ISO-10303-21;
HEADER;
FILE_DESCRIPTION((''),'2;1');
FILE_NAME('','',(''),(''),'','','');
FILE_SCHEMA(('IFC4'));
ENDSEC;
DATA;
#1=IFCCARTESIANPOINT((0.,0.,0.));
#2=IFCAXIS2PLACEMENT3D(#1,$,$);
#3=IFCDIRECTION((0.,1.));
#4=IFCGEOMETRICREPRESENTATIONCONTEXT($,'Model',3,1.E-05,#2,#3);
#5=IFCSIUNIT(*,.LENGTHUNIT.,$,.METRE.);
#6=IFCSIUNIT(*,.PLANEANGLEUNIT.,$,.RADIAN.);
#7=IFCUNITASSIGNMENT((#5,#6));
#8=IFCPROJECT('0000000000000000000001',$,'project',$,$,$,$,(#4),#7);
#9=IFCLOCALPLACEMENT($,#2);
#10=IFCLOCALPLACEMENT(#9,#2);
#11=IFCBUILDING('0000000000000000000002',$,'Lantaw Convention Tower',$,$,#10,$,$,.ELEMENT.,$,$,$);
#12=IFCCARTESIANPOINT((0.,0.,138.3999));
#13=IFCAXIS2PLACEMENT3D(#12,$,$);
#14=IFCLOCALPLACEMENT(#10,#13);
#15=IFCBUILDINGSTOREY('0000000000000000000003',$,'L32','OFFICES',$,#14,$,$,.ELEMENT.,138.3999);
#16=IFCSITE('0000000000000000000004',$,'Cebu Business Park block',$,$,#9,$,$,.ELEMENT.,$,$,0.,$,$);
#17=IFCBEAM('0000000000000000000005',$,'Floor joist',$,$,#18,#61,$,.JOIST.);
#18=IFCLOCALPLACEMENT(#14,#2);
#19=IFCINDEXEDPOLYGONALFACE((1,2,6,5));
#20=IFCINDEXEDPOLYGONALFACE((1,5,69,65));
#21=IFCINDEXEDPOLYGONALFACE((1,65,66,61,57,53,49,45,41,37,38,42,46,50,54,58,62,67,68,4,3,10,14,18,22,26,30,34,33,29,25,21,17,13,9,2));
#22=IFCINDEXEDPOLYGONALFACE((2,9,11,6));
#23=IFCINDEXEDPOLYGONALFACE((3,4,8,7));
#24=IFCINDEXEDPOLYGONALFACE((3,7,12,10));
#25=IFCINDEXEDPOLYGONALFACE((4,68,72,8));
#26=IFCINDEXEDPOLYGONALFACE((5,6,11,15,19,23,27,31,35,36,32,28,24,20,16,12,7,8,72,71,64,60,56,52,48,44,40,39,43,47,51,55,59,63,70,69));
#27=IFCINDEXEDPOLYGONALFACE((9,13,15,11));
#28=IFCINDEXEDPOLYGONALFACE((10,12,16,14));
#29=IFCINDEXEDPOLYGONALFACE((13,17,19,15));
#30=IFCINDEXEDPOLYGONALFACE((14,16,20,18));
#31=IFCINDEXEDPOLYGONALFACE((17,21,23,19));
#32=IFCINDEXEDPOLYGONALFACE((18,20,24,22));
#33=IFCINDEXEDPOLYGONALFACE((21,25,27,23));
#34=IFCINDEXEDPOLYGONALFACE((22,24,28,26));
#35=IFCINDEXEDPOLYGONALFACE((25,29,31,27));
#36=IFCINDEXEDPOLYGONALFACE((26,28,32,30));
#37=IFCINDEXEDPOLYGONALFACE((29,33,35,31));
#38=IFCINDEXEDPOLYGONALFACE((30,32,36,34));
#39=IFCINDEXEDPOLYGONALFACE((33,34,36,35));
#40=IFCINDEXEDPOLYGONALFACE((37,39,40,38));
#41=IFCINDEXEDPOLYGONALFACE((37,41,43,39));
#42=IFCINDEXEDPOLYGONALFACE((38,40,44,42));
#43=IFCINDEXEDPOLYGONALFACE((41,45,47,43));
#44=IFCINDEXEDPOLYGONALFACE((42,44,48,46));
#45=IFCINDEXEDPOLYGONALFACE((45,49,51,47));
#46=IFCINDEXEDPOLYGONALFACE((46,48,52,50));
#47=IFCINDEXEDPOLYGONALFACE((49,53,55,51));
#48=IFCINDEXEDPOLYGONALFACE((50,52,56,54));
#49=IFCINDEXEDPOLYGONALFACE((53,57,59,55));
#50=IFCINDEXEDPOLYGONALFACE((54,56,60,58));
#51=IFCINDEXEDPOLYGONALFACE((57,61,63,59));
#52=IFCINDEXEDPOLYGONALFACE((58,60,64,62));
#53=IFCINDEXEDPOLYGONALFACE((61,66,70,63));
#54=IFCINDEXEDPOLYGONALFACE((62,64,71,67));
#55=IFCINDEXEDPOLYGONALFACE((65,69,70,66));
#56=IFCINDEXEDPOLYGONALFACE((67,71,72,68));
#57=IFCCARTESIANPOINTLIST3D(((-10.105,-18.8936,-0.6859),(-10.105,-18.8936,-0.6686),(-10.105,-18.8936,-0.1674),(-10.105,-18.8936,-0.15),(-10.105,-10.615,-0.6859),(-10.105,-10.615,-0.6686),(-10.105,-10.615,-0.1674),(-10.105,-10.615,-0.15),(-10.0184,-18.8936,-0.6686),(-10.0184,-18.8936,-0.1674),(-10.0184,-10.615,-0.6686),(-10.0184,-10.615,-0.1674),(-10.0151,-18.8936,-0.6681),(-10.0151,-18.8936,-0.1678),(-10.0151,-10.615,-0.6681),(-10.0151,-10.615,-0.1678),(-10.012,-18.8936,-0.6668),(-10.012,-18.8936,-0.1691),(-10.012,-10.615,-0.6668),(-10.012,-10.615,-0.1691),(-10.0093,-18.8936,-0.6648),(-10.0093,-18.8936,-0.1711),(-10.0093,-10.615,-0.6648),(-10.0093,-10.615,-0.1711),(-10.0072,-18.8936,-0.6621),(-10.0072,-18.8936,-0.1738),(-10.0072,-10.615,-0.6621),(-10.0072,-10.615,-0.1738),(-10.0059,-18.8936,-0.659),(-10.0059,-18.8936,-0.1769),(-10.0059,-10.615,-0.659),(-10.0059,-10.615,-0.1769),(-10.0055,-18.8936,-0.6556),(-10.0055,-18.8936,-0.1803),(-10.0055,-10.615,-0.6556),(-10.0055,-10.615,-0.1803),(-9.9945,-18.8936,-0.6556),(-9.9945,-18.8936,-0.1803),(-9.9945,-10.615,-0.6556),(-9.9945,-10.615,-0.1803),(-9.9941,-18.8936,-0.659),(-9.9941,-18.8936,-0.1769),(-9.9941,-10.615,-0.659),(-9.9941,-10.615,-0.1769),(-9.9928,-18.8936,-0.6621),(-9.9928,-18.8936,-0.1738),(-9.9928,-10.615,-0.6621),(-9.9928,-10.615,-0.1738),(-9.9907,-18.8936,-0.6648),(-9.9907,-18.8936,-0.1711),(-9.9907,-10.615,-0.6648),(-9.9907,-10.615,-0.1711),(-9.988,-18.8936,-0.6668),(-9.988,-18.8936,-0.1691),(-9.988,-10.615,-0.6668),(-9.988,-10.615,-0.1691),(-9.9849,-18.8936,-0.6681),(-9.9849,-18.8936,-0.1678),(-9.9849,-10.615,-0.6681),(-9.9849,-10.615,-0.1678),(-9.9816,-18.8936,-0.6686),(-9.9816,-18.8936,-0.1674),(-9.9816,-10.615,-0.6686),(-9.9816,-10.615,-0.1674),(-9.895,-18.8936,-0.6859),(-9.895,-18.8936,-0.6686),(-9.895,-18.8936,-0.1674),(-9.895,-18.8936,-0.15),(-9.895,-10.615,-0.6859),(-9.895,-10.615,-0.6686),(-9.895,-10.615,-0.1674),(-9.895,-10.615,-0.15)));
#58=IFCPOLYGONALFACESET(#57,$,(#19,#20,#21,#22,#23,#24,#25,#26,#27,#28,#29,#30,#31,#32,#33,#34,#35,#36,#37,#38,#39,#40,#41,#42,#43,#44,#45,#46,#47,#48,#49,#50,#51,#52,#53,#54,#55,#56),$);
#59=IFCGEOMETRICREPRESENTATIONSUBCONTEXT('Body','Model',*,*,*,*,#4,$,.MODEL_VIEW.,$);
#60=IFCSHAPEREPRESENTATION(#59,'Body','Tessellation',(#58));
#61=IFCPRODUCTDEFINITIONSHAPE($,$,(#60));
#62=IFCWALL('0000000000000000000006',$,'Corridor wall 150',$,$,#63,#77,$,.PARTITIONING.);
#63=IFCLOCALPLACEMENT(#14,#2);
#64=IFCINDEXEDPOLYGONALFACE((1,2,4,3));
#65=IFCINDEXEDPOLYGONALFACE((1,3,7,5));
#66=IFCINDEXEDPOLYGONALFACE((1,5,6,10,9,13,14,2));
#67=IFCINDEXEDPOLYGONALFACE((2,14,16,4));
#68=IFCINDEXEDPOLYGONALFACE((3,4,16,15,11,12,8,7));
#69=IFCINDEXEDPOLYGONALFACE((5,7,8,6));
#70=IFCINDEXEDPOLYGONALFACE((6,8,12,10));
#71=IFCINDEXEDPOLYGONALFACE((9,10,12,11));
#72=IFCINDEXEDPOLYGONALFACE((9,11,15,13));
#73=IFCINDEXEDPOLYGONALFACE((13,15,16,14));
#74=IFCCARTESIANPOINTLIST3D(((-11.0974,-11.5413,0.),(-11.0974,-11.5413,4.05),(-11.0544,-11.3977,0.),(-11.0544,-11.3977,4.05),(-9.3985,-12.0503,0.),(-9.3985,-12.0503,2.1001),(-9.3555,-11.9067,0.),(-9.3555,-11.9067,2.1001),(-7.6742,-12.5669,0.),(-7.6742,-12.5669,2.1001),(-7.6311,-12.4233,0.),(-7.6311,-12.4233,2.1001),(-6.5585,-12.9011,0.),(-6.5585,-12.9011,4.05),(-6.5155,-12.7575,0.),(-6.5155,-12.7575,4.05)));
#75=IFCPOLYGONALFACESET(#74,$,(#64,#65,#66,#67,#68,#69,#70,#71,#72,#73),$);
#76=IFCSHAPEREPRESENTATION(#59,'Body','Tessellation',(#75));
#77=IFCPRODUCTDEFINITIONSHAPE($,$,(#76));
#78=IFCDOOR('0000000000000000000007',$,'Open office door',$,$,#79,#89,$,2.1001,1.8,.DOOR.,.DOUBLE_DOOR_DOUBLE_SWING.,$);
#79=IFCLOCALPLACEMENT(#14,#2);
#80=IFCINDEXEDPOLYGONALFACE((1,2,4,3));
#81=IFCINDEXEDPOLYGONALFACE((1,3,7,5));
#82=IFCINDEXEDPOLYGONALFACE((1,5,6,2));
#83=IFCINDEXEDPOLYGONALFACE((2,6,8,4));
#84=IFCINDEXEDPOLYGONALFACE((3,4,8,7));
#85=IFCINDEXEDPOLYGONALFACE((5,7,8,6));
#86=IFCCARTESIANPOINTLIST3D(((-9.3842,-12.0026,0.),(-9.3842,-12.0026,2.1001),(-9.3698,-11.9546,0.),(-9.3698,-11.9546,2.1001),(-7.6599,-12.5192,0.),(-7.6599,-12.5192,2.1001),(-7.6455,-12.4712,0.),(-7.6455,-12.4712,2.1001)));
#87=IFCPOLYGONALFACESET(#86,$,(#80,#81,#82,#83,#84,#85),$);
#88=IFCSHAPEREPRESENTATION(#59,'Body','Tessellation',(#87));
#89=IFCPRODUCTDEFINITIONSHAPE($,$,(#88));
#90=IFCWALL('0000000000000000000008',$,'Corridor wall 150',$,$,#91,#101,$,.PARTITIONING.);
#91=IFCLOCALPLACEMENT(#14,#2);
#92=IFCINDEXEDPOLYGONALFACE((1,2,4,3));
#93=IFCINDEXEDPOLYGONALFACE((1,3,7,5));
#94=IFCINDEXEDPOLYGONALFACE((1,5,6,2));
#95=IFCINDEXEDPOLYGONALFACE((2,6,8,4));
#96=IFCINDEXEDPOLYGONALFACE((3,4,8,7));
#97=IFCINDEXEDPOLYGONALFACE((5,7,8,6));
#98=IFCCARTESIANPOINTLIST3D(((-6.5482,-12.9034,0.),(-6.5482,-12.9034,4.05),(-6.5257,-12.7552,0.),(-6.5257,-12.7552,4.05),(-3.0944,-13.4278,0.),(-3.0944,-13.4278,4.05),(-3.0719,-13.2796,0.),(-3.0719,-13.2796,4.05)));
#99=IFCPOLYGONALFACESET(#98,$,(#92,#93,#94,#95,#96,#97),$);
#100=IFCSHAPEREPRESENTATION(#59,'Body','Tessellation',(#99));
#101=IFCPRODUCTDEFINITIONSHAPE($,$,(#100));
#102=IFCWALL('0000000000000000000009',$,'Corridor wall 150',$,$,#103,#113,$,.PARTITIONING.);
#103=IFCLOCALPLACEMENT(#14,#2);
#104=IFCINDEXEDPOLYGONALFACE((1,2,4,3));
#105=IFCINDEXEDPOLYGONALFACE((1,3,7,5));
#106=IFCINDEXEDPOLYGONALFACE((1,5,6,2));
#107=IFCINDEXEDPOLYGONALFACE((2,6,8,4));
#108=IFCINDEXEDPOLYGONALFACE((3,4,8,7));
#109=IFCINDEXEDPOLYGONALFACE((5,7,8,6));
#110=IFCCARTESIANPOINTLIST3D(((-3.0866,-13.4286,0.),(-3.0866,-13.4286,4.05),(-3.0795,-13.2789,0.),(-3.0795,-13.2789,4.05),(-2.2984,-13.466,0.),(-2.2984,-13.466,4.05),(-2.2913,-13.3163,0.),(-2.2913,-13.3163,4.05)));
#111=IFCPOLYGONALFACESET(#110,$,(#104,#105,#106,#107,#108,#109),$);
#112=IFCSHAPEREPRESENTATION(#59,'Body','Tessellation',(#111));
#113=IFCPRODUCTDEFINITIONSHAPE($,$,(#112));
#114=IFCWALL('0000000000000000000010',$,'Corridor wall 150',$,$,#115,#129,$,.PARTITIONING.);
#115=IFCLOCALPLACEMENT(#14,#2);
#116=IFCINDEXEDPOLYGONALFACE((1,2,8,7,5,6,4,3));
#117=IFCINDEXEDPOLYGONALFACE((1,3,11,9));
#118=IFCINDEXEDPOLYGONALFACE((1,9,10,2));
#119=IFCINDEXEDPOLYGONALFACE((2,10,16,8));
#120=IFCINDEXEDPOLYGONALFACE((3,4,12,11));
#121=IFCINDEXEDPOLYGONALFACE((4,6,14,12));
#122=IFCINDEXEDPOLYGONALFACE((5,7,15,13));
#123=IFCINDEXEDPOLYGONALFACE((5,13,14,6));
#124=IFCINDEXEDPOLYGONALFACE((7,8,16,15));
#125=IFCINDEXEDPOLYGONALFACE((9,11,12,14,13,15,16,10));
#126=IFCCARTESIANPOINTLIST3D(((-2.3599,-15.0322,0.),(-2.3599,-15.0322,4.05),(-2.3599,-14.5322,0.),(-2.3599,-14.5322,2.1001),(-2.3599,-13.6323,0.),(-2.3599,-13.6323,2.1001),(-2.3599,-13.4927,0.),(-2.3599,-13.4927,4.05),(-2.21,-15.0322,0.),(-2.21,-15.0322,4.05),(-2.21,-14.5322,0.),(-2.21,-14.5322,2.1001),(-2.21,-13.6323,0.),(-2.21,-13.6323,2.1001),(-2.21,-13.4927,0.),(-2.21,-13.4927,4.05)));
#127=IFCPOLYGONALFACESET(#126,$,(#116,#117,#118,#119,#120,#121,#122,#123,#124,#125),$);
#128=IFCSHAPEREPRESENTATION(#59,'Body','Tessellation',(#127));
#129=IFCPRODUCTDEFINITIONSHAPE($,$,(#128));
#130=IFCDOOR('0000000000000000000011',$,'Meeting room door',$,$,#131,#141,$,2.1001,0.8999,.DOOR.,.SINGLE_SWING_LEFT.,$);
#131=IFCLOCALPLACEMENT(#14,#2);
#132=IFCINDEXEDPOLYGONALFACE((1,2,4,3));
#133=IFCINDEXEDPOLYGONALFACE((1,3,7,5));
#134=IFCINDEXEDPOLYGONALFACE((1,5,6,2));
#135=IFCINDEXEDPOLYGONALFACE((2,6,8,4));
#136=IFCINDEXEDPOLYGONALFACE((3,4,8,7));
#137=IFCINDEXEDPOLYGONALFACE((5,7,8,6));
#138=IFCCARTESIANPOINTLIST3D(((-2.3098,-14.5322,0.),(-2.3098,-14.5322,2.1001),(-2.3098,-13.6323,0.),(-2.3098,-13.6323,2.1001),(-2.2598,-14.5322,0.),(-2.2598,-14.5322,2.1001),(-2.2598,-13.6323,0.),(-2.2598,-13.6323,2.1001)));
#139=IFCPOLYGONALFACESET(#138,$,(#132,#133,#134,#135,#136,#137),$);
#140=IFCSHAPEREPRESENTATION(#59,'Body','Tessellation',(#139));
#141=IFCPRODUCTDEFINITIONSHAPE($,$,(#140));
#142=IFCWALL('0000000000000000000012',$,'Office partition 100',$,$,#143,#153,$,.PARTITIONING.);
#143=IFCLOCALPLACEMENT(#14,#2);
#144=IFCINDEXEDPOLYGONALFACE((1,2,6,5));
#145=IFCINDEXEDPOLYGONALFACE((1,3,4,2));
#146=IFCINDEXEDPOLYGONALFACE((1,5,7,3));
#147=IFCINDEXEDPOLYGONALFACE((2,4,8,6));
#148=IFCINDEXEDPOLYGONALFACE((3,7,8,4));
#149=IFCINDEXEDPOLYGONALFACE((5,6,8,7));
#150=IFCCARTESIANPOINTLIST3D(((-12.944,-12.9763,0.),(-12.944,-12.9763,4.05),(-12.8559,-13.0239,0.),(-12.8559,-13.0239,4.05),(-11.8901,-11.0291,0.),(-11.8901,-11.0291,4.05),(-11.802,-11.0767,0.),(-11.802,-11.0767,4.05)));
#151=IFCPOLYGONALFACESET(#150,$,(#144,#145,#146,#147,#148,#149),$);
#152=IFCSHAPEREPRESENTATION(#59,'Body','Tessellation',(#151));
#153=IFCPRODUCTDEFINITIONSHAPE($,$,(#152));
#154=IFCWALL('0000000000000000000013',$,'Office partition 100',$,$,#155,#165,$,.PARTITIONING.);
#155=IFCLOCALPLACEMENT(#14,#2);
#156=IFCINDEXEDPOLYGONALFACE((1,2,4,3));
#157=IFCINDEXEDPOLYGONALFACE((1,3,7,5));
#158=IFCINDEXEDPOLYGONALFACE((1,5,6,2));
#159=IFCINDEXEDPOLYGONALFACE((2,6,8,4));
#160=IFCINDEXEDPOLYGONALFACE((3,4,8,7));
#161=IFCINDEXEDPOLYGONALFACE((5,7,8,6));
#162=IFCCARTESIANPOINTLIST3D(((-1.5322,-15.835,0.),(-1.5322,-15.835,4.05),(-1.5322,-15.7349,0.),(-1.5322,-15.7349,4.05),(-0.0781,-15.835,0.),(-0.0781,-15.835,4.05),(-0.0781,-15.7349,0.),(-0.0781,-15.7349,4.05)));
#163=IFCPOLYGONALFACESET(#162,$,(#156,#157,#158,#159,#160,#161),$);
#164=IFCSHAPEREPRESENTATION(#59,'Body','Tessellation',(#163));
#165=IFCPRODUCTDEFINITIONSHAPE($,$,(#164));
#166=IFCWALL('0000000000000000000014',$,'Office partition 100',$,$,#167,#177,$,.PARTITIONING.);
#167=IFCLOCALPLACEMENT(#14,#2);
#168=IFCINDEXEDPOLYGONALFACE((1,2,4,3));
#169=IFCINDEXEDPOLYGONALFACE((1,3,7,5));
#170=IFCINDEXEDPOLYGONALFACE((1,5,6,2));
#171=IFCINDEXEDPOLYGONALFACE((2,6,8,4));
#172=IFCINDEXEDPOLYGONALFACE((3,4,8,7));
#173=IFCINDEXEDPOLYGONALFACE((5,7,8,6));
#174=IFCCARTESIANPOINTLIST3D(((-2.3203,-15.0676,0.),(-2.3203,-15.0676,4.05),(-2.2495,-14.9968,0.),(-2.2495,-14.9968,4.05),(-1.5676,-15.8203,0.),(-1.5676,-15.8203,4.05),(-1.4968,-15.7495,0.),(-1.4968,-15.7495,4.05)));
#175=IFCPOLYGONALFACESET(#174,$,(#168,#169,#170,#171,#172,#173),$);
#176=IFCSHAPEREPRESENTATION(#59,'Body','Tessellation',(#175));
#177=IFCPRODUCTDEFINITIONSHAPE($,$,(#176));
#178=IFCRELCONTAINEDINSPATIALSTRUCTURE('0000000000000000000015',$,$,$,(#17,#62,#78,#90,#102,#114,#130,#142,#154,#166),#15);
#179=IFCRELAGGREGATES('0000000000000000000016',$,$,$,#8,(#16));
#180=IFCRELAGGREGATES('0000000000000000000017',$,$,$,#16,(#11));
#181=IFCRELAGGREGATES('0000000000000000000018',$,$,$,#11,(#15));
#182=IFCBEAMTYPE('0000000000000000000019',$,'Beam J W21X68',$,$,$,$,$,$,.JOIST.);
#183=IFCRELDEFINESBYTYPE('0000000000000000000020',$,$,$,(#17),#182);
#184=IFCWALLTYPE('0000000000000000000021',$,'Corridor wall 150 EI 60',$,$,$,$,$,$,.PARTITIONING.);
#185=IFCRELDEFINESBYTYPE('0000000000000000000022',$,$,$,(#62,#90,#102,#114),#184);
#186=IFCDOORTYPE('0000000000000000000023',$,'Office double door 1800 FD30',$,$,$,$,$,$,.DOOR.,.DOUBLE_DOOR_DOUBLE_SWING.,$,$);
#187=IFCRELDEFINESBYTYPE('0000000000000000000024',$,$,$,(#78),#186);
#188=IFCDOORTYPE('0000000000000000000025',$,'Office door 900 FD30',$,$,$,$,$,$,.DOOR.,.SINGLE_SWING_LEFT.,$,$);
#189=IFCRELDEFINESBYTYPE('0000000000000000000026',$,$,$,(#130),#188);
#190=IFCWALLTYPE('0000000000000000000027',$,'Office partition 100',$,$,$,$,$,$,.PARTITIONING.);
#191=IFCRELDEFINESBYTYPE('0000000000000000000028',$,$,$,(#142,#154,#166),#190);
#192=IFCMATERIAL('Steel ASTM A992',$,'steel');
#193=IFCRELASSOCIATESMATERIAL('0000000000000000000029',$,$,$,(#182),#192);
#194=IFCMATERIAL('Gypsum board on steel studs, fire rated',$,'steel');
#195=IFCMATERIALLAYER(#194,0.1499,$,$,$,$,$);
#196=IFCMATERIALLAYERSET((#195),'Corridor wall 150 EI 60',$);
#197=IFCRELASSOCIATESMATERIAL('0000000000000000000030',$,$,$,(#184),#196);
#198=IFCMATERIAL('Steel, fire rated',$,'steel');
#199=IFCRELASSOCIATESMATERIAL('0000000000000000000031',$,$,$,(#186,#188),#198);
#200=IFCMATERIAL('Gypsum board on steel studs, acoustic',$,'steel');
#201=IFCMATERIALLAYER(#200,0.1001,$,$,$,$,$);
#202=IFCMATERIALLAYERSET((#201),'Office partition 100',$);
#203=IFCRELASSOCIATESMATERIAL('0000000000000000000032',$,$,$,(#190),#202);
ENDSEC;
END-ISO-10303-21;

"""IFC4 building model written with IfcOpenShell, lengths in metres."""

from ifc_helpers import new_model, si_unit, direction, frame, frame_2d, origin, origin_2d, place, context, subcontext, project, spatial, rectangle, i_section, extrude, material, layer, layer_set, material_profile, profile_set, type_object, element, fill, save


model = new_model("IFC4")

# Units and contexts
model_context = context("Model", 3, precision=1e-05, world=origin(), true_north=direction((0.0, 1.0)))
body_context = subcontext(model_context, "Body", "Model", "MODEL_VIEW")
ifc_project = project(units=[si_unit("LENGTHUNIT", "METRE"), si_unit("PLANEANGLEUNIT", "RADIAN")], contexts=[model_context])

# Site, building, storey
site_placement = place(None, origin())
site = spatial("IfcSite", under=ifc_project, at=site_placement, Name="Cebu Business Park block", CompositionType="ELEMENT", RefElevation=0.0)
building_placement = place(site_placement, origin())
building = spatial("IfcBuilding", under=site, at=building_placement, Name="Lantaw Convention Tower", CompositionType="ELEMENT")
storey_placement = place(building_placement, frame((0.0, 0.0, 138.3999)))
storey = spatial("IfcBuildingStorey", under=building, at=storey_placement, Name="L32", Description="OFFICES", CompositionType="ELEMENT", Elevation=138.3999)

# Beam
ifc_material_1 = material(Name="Steel ASTM A992", Category="steel")
ifc_material_profile_1 = material_profile(ifc_material_1, i_section(OverallWidth=0.21, OverallDepth=0.5359, WebThickness=0.011, FlangeThickness=0.0173, FilletRadius=0.0129, at=origin_2d()), Name="W21X68")
ifc_profile_set_1 = profile_set([ifc_material_profile_1], Name="Steel ASTM A992")
beam_type_1 = type_object("IfcBeamType", Name="Beam J W21X68", PredefinedType="JOIST", material=ifc_profile_set_1)
beam_1_placement = place(storey_placement, frame((-10.0, -18.8936, -0.418), z_axis=(0.0, 1.0, 0.0), x_axis=(-1.0, 0.0, 0.0)))
element("IfcBeam", 1, at=beam_1_placement, inside=storey, type_object=beam_type_1, Name="Floor joist", PredefinedType="JOIST", context=body_context, shape_type="SweptSolid", body=[
    extrude(i_section(OverallWidth=0.21, OverallDepth=0.5359, WebThickness=0.011, FlangeThickness=0.0173, FilletRadius=0.0129, at=origin_2d()), origin(), (0.0, 0.0, 1.0), 8.2786),
])

# Wall, opening, door
ifc_material_2 = material(Name="Gypsum board on steel studs, fire rated", Category="steel")
ifc_layer_1 = layer(ifc_material_2, 0.1499)
ifc_layer_set_1 = layer_set([ifc_layer_1], Name="Corridor wall 150 EI 60")
wall_type_1 = type_object("IfcWallType", Name="Corridor wall 150 EI 60", PredefinedType="PARTITIONING", material=ifc_layer_set_1)
wall_1_placement = place(storey_placement, frame((-11.0759, -11.4695, 0.0), z_axis=(0.0, 0.0, 1.0), x_axis=(0.957934, -0.286989, 0.0)))
wall_1 = element("IfcWall", 2, at=wall_1_placement, inside=storey, type_object=wall_type_1, Name="Corridor wall 150", PredefinedType="PARTITIONING", context=body_context, shape_type="SweptSolid", body=[
    extrude(rectangle(XDim=4.7383, YDim=0.1499, at=frame_2d((2.3691, 0.0))), origin(), (0.0, 0.0, 1.0), 4.05),
])
opening_1_placement = place(wall_1_placement, frame((1.7737, 0.0, 0.0)))
opening_1 = element("IfcOpeningElement", 3, at=opening_1_placement, cuts=wall_1, PredefinedType="OPENING", context=body_context, shape_type="SweptSolid", body=[
    extrude(rectangle(XDim=1.8, YDim=2.1001, at=frame_2d((0.8999, 1.05))), frame((0.0, 0.085, 0.0), z_axis=(0.0, -1.0, 0.0), x_axis=(1.0, 0.0, 0.0)), (0.0, 0.0, 1.0), 0.1699),
])
ifc_material_3 = material(Name="Steel, fire rated", Category="steel")
door_type_1 = type_object("IfcDoorType", Name="Office double door 1800 FD30", OperationType="DOUBLE_DOOR_DOUBLE_SWING", PredefinedType="DOOR", material=ifc_material_3)
door_1_placement = place(opening_1_placement, origin())
door_1 = element("IfcDoor", 4, at=door_1_placement, inside=storey, type_object=door_type_1, Name="Open office door", OperationType="DOUBLE_DOOR_DOUBLE_SWING", OverallHeight=2.1001, OverallWidth=1.8, PredefinedType="DOOR", context=body_context, shape_type="SweptSolid", body=[
    extrude(rectangle(XDim=1.8, YDim=2.1001, at=frame_2d((0.8999, 1.05))), frame((0.0, 0.0249, 0.0), z_axis=(0.0, -1.0, 0.0), x_axis=(1.0, 0.0, 0.0)), (0.0, 0.0, 1.0), 0.05),
])
fill(opening_1, door_1)

# Walls
wall_2_placement = place(storey_placement, frame((-6.5369, -12.8293, 0.0), z_axis=(0.0, 0.0, 1.0), x_axis=(0.988669, -0.150114, 0.0)))
element("IfcWall", 5, at=wall_2_placement, inside=storey, type_object=wall_type_1, Name="Corridor wall 150", PredefinedType="PARTITIONING", context=body_context, shape_type="SweptSolid", body=[
    extrude(rectangle(XDim=3.4934, YDim=0.1499, at=frame_2d((1.7466, 0.0))), origin(), (0.0, 0.0, 1.0), 4.05),
])
wall_3_placement = place(storey_placement, frame((-3.083, -13.3538, 0.0), z_axis=(0.0, 0.0, 1.0), x_axis=(0.998879, -0.047345, 0.0)))
element("IfcWall", 6, at=wall_3_placement, inside=storey, type_object=wall_type_1, Name="Corridor wall 150", PredefinedType="PARTITIONING", context=body_context, shape_type="SweptSolid", body=[
    extrude(rectangle(XDim=0.7891, YDim=0.1499, at=frame_2d((0.3945, 0.0))), origin(), (0.0, 0.0, 1.0), 4.05),
])

# Wall, opening, door
wall_4_placement = place(storey_placement, frame((-2.2849, -15.0322, 0.0), z_axis=(0.0, 0.0, 1.0), x_axis=(0.0, 1.0, 0.0)))
wall_4 = element("IfcWall", 7, at=wall_4_placement, inside=storey, type_object=wall_type_1, Name="Corridor wall 150", PredefinedType="PARTITIONING", context=body_context, shape_type="SweptSolid", body=[
    extrude(rectangle(XDim=1.5396, YDim=0.1499, at=frame_2d((0.7698, 0.0))), origin(), (0.0, 0.0, 1.0), 4.05),
])
opening_2_placement = place(wall_4_placement, frame((0.5, 0.0, 0.0)))
opening_2 = element("IfcOpeningElement", 8, at=opening_2_placement, cuts=wall_4, PredefinedType="OPENING", context=body_context, shape_type="SweptSolid", body=[
    extrude(rectangle(XDim=0.8999, YDim=2.1001, at=frame_2d((0.45, 1.05))), frame((0.0, 0.085, 0.0), z_axis=(0.0, -1.0, 0.0), x_axis=(1.0, 0.0, 0.0)), (0.0, 0.0, 1.0), 0.1699),
])
door_type_2 = type_object("IfcDoorType", Name="Office door 900 FD30", OperationType="SINGLE_SWING_LEFT", PredefinedType="DOOR", material=ifc_material_3)
door_2_placement = place(opening_2_placement, origin())
door_2 = element("IfcDoor", 9, at=door_2_placement, inside=storey, type_object=door_type_2, Name="Meeting room door", OperationType="SINGLE_SWING_LEFT", OverallHeight=2.1001, OverallWidth=0.8999, PredefinedType="DOOR", context=body_context, shape_type="SweptSolid", body=[
    extrude(rectangle(XDim=0.8999, YDim=2.1001, at=frame_2d((0.45, 1.05))), frame((0.0, 0.0249, 0.0), z_axis=(0.0, -1.0, 0.0), x_axis=(1.0, 0.0, 0.0)), (0.0, 0.0, 1.0), 0.05),
])
fill(opening_2, door_2)

# Walls
ifc_material_4 = material(Name="Gypsum board on steel studs, acoustic", Category="steel")
ifc_layer_2 = layer(ifc_material_4, 0.1001)
ifc_layer_set_2 = layer_set([ifc_layer_2], Name="Office partition 100")
wall_type_2 = type_object("IfcWallType", Name="Office partition 100", PredefinedType="PARTITIONING", material=ifc_layer_set_2)
wall_5_placement = place(storey_placement, frame((-12.8999, -13.0, 0.0), z_axis=(0.0, 0.0, 1.0), x_axis=(0.475999, 0.879446, 0.0)))
element("IfcWall", 10, at=wall_5_placement, inside=storey, type_object=wall_type_2, Name="Office partition 100", PredefinedType="PARTITIONING", context=body_context, shape_type="SweptSolid", body=[
    extrude(rectangle(XDim=2.2141, YDim=0.1001, at=frame_2d((1.1069, 0.0))), origin(), (0.0, 0.0, 1.0), 4.05),
])
wall_6_placement = place(storey_placement, frame((-0.0781, -15.7849, 0.0), z_axis=(0.0, 0.0, 1.0), x_axis=(-1.0, 0.0, 0.0)))
element("IfcWall", 11, at=wall_6_placement, inside=storey, type_object=wall_type_2, Name="Office partition 100", PredefinedType="PARTITIONING", context=body_context, shape_type="SweptSolid", body=[
    extrude(rectangle(XDim=1.4541, YDim=0.1001, at=frame_2d((0.7271, 0.0))), origin(), (0.0, 0.0, 1.0), 4.05),
])
wall_7_placement = place(storey_placement, frame((-1.5322, -15.7849, 0.0), z_axis=(0.0, 0.0, 1.0), x_axis=(-0.707107, 0.707107, 0.0)))
element("IfcWall", 12, at=wall_7_placement, inside=storey, type_object=wall_type_2, Name="Office partition 100", PredefinedType="PARTITIONING", context=body_context, shape_type="SweptSolid", body=[
    extrude(rectangle(XDim=1.0645, YDim=0.1001, at=frame_2d((0.5322, 0.0))), origin(), (0.0, 0.0, 1.0), 4.05),
])

save(model, "model.ifc")
